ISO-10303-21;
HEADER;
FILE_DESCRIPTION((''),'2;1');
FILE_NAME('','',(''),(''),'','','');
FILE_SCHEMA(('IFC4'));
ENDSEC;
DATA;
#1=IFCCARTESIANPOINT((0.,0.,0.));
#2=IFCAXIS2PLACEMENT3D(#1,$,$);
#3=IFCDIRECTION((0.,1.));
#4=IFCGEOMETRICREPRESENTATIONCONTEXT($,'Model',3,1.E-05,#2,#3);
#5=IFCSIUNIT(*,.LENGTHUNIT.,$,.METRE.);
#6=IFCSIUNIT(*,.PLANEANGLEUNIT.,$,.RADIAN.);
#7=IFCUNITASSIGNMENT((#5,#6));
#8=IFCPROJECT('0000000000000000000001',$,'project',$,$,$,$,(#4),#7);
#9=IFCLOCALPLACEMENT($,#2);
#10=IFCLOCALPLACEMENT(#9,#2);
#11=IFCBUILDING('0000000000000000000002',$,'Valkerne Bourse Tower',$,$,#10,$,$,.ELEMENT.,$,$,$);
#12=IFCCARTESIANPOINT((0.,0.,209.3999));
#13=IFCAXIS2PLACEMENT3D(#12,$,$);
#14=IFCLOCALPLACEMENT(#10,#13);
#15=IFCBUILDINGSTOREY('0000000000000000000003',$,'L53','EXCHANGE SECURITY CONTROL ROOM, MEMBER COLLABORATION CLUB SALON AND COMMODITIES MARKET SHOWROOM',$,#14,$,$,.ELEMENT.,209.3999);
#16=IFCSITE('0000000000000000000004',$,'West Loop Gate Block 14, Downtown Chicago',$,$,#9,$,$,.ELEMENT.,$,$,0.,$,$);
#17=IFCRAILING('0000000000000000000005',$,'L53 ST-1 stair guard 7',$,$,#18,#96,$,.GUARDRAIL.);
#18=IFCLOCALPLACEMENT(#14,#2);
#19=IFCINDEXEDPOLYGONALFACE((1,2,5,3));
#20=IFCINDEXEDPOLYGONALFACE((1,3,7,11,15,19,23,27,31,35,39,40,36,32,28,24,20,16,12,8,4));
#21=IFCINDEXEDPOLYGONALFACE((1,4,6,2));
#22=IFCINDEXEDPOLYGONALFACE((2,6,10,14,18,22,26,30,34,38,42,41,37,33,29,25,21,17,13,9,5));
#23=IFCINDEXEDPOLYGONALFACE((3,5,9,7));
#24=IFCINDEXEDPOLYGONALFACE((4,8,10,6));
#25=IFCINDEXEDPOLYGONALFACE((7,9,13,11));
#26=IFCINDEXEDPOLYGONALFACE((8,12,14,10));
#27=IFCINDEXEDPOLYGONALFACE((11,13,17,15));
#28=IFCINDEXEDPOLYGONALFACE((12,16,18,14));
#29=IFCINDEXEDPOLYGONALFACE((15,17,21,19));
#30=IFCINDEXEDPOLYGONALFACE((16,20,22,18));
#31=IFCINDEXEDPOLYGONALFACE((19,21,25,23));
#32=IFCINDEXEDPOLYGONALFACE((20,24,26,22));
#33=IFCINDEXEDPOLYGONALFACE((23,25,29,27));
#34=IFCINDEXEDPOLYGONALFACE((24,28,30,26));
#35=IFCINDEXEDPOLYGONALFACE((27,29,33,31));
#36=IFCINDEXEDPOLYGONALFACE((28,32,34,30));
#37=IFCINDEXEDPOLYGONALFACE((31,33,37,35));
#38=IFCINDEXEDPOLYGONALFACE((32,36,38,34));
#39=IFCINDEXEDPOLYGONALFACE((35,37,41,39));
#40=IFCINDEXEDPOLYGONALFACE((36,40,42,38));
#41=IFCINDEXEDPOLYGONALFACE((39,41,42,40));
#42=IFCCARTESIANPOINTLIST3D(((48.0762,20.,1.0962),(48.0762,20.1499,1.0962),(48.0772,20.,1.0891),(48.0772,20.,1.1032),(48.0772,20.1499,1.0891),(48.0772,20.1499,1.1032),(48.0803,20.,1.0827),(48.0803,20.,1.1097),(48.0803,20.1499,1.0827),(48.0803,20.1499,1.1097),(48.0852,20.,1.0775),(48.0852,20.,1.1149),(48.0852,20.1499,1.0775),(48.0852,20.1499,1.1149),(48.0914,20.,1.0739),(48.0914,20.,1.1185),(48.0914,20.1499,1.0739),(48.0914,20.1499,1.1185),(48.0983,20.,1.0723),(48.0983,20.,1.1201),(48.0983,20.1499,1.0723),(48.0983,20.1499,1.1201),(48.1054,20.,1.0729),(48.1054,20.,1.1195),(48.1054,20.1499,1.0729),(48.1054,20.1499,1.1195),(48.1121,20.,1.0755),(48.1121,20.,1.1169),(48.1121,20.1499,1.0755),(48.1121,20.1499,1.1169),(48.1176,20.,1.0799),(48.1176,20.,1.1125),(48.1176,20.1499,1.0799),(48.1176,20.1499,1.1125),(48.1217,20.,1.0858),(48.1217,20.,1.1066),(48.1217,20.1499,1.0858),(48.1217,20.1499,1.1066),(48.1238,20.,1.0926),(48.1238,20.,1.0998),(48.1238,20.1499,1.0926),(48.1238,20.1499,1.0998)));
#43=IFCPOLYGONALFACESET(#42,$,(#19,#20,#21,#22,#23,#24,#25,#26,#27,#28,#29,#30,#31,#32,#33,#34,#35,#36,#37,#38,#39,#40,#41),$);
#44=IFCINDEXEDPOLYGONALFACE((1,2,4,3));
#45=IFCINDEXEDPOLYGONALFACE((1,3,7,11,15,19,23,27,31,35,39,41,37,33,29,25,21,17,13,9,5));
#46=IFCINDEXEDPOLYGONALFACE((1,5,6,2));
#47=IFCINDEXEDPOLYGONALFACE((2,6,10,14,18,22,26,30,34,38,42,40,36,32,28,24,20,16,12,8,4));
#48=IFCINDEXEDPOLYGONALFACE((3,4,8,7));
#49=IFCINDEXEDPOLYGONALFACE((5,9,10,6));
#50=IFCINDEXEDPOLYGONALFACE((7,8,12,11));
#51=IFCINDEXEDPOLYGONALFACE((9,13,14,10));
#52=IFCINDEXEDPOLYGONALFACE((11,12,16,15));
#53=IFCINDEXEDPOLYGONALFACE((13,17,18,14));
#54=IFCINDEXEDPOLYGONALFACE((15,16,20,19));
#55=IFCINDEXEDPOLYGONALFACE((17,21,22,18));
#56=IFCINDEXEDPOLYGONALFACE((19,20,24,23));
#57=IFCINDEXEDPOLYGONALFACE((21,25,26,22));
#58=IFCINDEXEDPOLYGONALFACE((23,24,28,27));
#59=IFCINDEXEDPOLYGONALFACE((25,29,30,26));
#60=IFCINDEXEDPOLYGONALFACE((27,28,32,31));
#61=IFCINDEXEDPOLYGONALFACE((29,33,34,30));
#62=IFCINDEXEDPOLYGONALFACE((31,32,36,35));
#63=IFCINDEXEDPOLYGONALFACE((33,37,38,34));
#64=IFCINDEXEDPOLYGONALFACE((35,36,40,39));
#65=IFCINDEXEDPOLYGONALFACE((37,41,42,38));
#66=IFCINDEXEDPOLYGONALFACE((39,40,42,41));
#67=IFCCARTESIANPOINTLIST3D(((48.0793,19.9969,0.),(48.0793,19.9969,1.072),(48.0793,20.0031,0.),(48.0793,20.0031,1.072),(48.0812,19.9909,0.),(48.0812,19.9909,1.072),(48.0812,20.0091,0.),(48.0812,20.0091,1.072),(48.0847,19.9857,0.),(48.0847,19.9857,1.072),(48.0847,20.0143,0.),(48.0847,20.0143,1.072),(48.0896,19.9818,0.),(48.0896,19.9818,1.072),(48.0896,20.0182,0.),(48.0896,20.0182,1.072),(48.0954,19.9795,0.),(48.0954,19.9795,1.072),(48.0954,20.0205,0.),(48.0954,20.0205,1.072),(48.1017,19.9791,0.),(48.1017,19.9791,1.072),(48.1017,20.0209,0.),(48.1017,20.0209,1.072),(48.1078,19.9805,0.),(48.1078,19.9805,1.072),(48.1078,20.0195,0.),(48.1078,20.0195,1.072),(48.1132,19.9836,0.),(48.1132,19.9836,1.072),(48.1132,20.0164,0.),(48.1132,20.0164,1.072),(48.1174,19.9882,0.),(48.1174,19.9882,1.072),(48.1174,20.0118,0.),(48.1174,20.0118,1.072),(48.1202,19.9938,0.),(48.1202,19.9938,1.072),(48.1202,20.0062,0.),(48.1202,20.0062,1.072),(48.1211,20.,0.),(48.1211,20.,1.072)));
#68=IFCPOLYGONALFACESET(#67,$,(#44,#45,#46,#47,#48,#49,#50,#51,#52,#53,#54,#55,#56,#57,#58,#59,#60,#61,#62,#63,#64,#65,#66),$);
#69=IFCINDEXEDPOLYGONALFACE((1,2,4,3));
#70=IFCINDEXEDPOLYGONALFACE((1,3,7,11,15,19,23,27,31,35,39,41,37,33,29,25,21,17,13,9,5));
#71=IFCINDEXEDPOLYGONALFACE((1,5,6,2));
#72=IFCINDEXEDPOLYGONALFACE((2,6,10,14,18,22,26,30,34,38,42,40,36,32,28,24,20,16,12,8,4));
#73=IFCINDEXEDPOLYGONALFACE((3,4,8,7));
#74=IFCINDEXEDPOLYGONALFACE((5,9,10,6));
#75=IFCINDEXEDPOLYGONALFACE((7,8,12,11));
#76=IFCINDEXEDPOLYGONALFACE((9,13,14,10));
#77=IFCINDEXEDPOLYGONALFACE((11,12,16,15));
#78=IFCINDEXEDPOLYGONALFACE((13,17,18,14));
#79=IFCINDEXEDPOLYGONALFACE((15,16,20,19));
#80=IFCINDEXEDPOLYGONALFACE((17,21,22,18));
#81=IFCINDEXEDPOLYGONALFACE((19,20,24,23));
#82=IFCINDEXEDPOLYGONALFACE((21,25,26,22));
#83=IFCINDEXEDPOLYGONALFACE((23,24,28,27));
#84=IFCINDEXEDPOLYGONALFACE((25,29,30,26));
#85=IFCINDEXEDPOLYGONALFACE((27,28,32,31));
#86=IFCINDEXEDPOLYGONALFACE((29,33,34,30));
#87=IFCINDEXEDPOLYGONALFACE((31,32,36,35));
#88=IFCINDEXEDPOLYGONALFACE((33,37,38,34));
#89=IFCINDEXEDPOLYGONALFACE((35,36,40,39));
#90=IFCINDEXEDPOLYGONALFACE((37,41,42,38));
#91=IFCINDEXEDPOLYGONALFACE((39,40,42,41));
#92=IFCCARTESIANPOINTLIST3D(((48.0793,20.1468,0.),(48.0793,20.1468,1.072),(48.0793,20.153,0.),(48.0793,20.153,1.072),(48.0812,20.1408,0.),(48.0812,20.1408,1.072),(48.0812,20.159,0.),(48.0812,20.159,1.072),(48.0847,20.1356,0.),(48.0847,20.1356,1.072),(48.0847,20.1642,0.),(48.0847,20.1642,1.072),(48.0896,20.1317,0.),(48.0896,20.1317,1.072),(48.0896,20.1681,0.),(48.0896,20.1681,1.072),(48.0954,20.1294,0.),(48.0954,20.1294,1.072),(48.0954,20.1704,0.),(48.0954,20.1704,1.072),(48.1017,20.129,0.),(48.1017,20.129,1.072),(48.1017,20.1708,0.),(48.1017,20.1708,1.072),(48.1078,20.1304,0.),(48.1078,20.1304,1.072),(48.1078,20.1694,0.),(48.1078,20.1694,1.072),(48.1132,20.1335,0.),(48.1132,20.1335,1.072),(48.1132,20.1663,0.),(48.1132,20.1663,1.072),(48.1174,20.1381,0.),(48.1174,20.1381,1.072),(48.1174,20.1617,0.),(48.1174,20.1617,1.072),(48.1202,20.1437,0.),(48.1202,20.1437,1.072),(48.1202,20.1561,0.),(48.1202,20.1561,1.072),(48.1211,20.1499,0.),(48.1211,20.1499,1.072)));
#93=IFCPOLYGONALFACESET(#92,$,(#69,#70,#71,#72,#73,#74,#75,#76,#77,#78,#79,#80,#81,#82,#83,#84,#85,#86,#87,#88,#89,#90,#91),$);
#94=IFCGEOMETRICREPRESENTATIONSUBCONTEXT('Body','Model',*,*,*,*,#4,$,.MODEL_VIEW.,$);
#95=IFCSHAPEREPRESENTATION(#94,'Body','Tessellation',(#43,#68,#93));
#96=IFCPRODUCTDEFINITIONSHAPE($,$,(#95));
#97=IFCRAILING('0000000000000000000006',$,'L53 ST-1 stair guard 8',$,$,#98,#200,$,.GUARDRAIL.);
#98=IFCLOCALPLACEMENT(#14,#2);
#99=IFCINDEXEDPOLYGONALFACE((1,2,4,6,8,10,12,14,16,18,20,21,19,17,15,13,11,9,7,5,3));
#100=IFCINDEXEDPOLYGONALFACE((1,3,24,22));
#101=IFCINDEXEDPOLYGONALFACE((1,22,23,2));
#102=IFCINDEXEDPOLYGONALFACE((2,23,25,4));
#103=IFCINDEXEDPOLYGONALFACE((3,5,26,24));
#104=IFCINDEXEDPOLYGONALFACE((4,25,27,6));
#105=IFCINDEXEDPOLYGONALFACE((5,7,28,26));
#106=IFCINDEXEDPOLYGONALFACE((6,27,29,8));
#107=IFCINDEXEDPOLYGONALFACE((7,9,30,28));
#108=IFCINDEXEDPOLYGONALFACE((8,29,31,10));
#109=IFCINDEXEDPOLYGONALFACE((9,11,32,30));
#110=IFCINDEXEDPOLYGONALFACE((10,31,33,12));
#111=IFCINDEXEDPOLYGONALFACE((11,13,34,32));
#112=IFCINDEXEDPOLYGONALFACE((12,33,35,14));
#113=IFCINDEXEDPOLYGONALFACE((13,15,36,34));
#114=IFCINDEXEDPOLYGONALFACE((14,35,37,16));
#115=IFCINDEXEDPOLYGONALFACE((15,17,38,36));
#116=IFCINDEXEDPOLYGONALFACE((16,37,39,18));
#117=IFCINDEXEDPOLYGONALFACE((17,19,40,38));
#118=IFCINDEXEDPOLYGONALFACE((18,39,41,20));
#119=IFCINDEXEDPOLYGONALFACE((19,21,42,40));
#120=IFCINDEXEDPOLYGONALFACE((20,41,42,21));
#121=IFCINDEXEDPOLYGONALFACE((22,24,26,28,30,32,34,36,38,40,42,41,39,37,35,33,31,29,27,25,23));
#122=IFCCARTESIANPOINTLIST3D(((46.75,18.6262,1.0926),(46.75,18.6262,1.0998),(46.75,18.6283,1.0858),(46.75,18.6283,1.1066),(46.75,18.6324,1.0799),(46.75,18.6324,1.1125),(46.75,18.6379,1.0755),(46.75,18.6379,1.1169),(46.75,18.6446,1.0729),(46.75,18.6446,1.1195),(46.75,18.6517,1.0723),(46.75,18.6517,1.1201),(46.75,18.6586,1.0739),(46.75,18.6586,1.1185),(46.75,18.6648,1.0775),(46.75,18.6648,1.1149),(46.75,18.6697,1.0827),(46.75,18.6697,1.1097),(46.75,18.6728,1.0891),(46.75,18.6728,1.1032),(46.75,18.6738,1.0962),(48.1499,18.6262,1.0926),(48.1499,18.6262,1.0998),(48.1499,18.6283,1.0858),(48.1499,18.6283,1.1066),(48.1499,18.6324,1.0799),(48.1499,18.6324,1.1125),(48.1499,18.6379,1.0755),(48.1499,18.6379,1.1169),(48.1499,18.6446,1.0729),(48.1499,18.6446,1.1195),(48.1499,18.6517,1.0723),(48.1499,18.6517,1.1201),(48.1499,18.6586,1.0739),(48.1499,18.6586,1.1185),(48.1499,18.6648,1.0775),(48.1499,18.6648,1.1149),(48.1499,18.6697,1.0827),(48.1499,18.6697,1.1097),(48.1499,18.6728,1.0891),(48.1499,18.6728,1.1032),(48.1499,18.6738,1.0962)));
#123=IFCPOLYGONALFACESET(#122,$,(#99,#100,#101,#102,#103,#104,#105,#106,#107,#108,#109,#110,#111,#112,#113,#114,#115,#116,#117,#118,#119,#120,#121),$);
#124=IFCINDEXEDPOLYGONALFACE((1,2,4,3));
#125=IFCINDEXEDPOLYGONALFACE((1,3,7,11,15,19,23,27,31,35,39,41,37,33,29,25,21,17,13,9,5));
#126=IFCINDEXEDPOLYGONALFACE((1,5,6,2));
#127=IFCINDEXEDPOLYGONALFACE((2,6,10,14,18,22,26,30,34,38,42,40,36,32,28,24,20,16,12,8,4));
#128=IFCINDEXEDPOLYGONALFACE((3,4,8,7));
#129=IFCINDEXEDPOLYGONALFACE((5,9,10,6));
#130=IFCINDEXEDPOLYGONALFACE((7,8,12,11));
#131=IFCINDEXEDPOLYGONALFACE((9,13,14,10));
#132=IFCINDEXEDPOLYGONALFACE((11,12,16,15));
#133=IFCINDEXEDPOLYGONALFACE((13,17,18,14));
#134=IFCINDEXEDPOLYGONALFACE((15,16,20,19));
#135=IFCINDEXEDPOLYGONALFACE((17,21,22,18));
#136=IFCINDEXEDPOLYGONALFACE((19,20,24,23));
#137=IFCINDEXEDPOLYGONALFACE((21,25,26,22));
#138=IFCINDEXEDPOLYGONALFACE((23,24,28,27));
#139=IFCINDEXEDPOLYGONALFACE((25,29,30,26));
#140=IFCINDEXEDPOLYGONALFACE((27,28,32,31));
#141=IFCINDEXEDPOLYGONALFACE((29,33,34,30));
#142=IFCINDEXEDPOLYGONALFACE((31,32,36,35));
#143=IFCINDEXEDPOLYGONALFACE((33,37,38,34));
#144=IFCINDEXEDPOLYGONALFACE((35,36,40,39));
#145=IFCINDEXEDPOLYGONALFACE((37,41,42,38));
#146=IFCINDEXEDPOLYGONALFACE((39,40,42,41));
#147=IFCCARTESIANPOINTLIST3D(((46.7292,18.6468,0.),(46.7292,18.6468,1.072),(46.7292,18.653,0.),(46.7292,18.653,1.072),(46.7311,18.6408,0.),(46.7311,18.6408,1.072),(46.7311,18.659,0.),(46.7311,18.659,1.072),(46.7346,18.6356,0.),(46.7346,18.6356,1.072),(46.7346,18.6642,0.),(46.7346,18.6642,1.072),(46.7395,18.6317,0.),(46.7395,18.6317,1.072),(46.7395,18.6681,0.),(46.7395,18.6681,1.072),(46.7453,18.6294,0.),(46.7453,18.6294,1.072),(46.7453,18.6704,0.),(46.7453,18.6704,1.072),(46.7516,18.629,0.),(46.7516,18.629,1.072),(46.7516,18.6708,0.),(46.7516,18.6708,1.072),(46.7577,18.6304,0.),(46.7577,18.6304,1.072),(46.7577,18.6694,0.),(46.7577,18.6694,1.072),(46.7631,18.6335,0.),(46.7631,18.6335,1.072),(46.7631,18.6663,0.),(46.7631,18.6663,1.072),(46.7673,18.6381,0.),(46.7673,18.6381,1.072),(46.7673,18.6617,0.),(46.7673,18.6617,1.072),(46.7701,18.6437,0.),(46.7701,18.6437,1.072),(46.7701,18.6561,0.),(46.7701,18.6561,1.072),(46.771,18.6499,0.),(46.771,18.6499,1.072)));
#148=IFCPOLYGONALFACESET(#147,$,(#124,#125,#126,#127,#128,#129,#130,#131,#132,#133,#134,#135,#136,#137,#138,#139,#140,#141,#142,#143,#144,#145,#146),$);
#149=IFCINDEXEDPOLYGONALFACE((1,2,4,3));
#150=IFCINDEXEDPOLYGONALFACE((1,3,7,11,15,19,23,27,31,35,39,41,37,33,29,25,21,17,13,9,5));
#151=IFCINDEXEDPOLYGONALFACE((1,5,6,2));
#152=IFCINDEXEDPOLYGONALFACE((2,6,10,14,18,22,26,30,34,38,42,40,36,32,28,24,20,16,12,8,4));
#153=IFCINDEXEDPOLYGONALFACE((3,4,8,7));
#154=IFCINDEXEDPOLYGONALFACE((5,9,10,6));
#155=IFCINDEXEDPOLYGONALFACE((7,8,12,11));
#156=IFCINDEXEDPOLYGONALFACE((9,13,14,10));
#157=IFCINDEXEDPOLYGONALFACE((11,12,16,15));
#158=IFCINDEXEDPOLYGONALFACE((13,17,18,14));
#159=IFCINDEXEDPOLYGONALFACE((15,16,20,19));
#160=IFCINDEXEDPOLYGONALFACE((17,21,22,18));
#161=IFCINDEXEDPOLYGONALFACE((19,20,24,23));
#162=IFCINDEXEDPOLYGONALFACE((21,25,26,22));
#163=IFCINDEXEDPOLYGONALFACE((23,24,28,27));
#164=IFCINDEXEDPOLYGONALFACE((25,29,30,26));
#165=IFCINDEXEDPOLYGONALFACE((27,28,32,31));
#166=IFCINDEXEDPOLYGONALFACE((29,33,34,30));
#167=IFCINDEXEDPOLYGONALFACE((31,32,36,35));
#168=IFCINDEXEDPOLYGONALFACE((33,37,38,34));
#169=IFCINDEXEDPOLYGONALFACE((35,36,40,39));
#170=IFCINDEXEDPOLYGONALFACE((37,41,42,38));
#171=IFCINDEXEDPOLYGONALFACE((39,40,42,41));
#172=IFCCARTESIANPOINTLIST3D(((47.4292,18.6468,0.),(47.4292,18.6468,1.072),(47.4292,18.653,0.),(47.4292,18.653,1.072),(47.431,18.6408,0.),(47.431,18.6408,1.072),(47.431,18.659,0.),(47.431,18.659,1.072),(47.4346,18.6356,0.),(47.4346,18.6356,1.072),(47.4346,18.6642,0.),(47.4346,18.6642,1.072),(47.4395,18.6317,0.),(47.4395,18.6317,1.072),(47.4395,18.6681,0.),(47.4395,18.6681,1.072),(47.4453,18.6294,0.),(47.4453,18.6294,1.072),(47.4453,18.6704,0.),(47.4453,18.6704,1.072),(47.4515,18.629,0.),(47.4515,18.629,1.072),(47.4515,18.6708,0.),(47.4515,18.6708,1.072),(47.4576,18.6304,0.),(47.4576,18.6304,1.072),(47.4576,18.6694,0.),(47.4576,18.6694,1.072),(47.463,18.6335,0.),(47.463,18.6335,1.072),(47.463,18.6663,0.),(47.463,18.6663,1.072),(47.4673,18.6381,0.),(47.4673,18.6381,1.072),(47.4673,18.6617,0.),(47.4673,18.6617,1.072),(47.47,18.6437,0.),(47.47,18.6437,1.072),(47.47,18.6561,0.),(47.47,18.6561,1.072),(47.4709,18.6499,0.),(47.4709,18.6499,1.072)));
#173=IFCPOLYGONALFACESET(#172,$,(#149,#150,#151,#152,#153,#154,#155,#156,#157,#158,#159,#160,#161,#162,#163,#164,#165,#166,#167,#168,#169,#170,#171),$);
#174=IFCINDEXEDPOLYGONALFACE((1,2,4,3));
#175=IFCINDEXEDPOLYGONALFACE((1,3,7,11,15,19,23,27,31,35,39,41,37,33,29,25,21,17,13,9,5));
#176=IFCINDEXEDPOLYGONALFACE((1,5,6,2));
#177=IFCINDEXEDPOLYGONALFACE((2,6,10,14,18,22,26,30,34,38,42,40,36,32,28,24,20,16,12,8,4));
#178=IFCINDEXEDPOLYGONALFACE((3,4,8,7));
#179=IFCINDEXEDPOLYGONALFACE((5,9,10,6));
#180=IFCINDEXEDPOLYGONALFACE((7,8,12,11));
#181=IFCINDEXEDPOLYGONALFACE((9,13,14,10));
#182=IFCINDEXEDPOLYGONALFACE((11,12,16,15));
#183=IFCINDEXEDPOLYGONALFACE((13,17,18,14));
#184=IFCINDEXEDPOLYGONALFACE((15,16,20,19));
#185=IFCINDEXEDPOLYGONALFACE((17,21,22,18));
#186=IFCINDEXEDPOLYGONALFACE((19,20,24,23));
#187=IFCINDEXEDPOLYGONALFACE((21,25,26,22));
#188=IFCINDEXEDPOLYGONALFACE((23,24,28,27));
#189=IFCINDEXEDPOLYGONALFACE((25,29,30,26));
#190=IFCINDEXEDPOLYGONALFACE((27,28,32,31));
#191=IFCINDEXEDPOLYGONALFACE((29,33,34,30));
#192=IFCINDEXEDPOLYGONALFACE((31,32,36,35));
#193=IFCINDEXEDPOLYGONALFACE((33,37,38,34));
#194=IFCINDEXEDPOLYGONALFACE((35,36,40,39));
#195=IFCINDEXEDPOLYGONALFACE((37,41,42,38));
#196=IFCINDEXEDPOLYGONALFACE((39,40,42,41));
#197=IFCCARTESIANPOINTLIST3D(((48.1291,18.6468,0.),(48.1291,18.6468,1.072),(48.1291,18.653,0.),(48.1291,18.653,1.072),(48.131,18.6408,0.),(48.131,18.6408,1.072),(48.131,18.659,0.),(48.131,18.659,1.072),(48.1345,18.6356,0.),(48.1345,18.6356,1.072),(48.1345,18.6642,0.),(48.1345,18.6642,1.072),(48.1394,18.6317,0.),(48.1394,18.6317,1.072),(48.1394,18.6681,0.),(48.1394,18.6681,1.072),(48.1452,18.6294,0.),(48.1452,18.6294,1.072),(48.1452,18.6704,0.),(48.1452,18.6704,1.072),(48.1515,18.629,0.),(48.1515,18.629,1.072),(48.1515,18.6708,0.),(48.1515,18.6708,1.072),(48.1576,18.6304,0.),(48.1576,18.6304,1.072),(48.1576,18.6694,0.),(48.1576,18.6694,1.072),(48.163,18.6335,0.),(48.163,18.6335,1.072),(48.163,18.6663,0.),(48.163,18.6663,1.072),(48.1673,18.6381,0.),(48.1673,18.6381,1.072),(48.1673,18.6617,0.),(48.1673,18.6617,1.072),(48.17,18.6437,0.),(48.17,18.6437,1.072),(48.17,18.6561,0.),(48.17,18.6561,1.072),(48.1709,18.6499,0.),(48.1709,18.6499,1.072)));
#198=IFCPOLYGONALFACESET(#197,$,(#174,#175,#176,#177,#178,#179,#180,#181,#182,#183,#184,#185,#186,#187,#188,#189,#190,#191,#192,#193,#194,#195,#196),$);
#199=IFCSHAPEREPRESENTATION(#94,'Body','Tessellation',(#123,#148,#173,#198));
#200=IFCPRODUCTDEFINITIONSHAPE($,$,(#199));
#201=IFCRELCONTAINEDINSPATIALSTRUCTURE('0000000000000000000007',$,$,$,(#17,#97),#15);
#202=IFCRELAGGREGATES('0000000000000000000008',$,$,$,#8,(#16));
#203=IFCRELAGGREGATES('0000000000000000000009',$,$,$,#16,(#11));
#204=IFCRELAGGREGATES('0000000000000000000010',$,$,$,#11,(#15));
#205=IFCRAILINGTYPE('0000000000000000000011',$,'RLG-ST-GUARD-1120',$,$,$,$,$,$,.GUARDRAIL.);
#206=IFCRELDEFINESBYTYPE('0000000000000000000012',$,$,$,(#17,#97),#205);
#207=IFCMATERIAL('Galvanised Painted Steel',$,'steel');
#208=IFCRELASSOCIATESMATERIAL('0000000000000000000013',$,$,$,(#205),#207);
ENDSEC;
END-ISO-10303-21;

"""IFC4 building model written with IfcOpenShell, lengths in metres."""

from ifc_helpers import new_model, si_unit, direction, frame, origin, origin_2d, place, context, subcontext, project, spatial, circle, extrude, material, type_object, element, save


model = new_model("IFC4")

# Units and contexts
model_context = context("Model", 3, precision=1e-05, world=origin(), true_north=direction((0.0, 1.0)))
body_context = subcontext(model_context, "Body", "Model", "MODEL_VIEW")
ifc_project = project(units=[si_unit("LENGTHUNIT", "METRE"), si_unit("PLANEANGLEUNIT", "RADIAN")], contexts=[model_context])

# Site, building, storey
site_placement = place(None, origin())
site = spatial("IfcSite", under=ifc_project, at=site_placement, Name="West Loop Gate Block 14, Downtown Chicago", CompositionType="ELEMENT", RefElevation=0.0)
building_placement = place(site_placement, origin())
building = spatial("IfcBuilding", under=site, at=building_placement, Name="Valkerne Bourse Tower", CompositionType="ELEMENT")
storey_placement = place(building_placement, frame((0.0, 0.0, 209.3999)))
storey = spatial("IfcBuildingStorey", under=building, at=storey_placement, Name="L53", Description="EXCHANGE SECURITY CONTROL ROOM, MEMBER COLLABORATION CLUB SALON AND COMMODITIES MARKET SHOWROOM", CompositionType="ELEMENT", Elevation=209.3999)

# Shared definitions
ifc_material_1 = material(Name="Galvanised Painted Steel", Category="steel")

# Railings
railing_type_1 = type_object("IfcRailingType", Name="RLG-ST-GUARD-1120", PredefinedType="GUARDRAIL", material=ifc_material_1)
railing_1_placement = place(storey_placement, frame((48.1001, 20.0, 0.0)))
element("IfcRailing", 1, at=railing_1_placement, inside=storey, type_object=railing_type_1, Name="L53 ST-1 stair guard 7", PredefinedType="GUARDRAIL", context=body_context, shape_type="SweptSolid", body=[
    extrude(circle(Radius=0.0239, at=origin_2d()), frame((0.0, 0.0, 1.0962), z_axis=(0.0, 1.0, 0.0), x_axis=(-1.0, 0.0, 0.0)), (0.0, 0.0, 1.0), 0.1499),
    extrude(circle(Radius=0.021, at=origin_2d()), origin(), (0.0, 0.0, 1.0), 1.072),
    extrude(circle(Radius=0.021, at=origin_2d()), frame((0.0, 0.1499, 0.0)), (0.0, 0.0, 1.0), 1.072),
])
for number, where, name in (
    (2, (46.75, 18.6499, 0.0), "L53 ST-1 stair guard 8"),
):
    element("IfcRailing", number, at=place(storey_placement, frame(where)), inside=storey, type_object=railing_type_1, Name=name, PredefinedType="GUARDRAIL", context=body_context, shape_type="SweptSolid", body=[
        extrude(circle(Radius=0.0239, at=origin_2d()), frame((0.0, 0.0, 1.0962), z_axis=(1.0, 0.0, 0.0), x_axis=(0.0, 1.0, 0.0)), (0.0, 0.0, 1.0), 1.3999),
        extrude(circle(Radius=0.021, at=origin_2d()), origin(), (0.0, 0.0, 1.0), 1.072),
        extrude(circle(Radius=0.021, at=origin_2d()), frame((0.7, 0.0, 0.0)), (0.0, 0.0, 1.0), 1.072),
        extrude(circle(Radius=0.021, at=origin_2d()), frame((1.3999, 0.0, 0.0)), (0.0, 0.0, 1.0), 1.072),
    ])

save(model, "model.ifc")
